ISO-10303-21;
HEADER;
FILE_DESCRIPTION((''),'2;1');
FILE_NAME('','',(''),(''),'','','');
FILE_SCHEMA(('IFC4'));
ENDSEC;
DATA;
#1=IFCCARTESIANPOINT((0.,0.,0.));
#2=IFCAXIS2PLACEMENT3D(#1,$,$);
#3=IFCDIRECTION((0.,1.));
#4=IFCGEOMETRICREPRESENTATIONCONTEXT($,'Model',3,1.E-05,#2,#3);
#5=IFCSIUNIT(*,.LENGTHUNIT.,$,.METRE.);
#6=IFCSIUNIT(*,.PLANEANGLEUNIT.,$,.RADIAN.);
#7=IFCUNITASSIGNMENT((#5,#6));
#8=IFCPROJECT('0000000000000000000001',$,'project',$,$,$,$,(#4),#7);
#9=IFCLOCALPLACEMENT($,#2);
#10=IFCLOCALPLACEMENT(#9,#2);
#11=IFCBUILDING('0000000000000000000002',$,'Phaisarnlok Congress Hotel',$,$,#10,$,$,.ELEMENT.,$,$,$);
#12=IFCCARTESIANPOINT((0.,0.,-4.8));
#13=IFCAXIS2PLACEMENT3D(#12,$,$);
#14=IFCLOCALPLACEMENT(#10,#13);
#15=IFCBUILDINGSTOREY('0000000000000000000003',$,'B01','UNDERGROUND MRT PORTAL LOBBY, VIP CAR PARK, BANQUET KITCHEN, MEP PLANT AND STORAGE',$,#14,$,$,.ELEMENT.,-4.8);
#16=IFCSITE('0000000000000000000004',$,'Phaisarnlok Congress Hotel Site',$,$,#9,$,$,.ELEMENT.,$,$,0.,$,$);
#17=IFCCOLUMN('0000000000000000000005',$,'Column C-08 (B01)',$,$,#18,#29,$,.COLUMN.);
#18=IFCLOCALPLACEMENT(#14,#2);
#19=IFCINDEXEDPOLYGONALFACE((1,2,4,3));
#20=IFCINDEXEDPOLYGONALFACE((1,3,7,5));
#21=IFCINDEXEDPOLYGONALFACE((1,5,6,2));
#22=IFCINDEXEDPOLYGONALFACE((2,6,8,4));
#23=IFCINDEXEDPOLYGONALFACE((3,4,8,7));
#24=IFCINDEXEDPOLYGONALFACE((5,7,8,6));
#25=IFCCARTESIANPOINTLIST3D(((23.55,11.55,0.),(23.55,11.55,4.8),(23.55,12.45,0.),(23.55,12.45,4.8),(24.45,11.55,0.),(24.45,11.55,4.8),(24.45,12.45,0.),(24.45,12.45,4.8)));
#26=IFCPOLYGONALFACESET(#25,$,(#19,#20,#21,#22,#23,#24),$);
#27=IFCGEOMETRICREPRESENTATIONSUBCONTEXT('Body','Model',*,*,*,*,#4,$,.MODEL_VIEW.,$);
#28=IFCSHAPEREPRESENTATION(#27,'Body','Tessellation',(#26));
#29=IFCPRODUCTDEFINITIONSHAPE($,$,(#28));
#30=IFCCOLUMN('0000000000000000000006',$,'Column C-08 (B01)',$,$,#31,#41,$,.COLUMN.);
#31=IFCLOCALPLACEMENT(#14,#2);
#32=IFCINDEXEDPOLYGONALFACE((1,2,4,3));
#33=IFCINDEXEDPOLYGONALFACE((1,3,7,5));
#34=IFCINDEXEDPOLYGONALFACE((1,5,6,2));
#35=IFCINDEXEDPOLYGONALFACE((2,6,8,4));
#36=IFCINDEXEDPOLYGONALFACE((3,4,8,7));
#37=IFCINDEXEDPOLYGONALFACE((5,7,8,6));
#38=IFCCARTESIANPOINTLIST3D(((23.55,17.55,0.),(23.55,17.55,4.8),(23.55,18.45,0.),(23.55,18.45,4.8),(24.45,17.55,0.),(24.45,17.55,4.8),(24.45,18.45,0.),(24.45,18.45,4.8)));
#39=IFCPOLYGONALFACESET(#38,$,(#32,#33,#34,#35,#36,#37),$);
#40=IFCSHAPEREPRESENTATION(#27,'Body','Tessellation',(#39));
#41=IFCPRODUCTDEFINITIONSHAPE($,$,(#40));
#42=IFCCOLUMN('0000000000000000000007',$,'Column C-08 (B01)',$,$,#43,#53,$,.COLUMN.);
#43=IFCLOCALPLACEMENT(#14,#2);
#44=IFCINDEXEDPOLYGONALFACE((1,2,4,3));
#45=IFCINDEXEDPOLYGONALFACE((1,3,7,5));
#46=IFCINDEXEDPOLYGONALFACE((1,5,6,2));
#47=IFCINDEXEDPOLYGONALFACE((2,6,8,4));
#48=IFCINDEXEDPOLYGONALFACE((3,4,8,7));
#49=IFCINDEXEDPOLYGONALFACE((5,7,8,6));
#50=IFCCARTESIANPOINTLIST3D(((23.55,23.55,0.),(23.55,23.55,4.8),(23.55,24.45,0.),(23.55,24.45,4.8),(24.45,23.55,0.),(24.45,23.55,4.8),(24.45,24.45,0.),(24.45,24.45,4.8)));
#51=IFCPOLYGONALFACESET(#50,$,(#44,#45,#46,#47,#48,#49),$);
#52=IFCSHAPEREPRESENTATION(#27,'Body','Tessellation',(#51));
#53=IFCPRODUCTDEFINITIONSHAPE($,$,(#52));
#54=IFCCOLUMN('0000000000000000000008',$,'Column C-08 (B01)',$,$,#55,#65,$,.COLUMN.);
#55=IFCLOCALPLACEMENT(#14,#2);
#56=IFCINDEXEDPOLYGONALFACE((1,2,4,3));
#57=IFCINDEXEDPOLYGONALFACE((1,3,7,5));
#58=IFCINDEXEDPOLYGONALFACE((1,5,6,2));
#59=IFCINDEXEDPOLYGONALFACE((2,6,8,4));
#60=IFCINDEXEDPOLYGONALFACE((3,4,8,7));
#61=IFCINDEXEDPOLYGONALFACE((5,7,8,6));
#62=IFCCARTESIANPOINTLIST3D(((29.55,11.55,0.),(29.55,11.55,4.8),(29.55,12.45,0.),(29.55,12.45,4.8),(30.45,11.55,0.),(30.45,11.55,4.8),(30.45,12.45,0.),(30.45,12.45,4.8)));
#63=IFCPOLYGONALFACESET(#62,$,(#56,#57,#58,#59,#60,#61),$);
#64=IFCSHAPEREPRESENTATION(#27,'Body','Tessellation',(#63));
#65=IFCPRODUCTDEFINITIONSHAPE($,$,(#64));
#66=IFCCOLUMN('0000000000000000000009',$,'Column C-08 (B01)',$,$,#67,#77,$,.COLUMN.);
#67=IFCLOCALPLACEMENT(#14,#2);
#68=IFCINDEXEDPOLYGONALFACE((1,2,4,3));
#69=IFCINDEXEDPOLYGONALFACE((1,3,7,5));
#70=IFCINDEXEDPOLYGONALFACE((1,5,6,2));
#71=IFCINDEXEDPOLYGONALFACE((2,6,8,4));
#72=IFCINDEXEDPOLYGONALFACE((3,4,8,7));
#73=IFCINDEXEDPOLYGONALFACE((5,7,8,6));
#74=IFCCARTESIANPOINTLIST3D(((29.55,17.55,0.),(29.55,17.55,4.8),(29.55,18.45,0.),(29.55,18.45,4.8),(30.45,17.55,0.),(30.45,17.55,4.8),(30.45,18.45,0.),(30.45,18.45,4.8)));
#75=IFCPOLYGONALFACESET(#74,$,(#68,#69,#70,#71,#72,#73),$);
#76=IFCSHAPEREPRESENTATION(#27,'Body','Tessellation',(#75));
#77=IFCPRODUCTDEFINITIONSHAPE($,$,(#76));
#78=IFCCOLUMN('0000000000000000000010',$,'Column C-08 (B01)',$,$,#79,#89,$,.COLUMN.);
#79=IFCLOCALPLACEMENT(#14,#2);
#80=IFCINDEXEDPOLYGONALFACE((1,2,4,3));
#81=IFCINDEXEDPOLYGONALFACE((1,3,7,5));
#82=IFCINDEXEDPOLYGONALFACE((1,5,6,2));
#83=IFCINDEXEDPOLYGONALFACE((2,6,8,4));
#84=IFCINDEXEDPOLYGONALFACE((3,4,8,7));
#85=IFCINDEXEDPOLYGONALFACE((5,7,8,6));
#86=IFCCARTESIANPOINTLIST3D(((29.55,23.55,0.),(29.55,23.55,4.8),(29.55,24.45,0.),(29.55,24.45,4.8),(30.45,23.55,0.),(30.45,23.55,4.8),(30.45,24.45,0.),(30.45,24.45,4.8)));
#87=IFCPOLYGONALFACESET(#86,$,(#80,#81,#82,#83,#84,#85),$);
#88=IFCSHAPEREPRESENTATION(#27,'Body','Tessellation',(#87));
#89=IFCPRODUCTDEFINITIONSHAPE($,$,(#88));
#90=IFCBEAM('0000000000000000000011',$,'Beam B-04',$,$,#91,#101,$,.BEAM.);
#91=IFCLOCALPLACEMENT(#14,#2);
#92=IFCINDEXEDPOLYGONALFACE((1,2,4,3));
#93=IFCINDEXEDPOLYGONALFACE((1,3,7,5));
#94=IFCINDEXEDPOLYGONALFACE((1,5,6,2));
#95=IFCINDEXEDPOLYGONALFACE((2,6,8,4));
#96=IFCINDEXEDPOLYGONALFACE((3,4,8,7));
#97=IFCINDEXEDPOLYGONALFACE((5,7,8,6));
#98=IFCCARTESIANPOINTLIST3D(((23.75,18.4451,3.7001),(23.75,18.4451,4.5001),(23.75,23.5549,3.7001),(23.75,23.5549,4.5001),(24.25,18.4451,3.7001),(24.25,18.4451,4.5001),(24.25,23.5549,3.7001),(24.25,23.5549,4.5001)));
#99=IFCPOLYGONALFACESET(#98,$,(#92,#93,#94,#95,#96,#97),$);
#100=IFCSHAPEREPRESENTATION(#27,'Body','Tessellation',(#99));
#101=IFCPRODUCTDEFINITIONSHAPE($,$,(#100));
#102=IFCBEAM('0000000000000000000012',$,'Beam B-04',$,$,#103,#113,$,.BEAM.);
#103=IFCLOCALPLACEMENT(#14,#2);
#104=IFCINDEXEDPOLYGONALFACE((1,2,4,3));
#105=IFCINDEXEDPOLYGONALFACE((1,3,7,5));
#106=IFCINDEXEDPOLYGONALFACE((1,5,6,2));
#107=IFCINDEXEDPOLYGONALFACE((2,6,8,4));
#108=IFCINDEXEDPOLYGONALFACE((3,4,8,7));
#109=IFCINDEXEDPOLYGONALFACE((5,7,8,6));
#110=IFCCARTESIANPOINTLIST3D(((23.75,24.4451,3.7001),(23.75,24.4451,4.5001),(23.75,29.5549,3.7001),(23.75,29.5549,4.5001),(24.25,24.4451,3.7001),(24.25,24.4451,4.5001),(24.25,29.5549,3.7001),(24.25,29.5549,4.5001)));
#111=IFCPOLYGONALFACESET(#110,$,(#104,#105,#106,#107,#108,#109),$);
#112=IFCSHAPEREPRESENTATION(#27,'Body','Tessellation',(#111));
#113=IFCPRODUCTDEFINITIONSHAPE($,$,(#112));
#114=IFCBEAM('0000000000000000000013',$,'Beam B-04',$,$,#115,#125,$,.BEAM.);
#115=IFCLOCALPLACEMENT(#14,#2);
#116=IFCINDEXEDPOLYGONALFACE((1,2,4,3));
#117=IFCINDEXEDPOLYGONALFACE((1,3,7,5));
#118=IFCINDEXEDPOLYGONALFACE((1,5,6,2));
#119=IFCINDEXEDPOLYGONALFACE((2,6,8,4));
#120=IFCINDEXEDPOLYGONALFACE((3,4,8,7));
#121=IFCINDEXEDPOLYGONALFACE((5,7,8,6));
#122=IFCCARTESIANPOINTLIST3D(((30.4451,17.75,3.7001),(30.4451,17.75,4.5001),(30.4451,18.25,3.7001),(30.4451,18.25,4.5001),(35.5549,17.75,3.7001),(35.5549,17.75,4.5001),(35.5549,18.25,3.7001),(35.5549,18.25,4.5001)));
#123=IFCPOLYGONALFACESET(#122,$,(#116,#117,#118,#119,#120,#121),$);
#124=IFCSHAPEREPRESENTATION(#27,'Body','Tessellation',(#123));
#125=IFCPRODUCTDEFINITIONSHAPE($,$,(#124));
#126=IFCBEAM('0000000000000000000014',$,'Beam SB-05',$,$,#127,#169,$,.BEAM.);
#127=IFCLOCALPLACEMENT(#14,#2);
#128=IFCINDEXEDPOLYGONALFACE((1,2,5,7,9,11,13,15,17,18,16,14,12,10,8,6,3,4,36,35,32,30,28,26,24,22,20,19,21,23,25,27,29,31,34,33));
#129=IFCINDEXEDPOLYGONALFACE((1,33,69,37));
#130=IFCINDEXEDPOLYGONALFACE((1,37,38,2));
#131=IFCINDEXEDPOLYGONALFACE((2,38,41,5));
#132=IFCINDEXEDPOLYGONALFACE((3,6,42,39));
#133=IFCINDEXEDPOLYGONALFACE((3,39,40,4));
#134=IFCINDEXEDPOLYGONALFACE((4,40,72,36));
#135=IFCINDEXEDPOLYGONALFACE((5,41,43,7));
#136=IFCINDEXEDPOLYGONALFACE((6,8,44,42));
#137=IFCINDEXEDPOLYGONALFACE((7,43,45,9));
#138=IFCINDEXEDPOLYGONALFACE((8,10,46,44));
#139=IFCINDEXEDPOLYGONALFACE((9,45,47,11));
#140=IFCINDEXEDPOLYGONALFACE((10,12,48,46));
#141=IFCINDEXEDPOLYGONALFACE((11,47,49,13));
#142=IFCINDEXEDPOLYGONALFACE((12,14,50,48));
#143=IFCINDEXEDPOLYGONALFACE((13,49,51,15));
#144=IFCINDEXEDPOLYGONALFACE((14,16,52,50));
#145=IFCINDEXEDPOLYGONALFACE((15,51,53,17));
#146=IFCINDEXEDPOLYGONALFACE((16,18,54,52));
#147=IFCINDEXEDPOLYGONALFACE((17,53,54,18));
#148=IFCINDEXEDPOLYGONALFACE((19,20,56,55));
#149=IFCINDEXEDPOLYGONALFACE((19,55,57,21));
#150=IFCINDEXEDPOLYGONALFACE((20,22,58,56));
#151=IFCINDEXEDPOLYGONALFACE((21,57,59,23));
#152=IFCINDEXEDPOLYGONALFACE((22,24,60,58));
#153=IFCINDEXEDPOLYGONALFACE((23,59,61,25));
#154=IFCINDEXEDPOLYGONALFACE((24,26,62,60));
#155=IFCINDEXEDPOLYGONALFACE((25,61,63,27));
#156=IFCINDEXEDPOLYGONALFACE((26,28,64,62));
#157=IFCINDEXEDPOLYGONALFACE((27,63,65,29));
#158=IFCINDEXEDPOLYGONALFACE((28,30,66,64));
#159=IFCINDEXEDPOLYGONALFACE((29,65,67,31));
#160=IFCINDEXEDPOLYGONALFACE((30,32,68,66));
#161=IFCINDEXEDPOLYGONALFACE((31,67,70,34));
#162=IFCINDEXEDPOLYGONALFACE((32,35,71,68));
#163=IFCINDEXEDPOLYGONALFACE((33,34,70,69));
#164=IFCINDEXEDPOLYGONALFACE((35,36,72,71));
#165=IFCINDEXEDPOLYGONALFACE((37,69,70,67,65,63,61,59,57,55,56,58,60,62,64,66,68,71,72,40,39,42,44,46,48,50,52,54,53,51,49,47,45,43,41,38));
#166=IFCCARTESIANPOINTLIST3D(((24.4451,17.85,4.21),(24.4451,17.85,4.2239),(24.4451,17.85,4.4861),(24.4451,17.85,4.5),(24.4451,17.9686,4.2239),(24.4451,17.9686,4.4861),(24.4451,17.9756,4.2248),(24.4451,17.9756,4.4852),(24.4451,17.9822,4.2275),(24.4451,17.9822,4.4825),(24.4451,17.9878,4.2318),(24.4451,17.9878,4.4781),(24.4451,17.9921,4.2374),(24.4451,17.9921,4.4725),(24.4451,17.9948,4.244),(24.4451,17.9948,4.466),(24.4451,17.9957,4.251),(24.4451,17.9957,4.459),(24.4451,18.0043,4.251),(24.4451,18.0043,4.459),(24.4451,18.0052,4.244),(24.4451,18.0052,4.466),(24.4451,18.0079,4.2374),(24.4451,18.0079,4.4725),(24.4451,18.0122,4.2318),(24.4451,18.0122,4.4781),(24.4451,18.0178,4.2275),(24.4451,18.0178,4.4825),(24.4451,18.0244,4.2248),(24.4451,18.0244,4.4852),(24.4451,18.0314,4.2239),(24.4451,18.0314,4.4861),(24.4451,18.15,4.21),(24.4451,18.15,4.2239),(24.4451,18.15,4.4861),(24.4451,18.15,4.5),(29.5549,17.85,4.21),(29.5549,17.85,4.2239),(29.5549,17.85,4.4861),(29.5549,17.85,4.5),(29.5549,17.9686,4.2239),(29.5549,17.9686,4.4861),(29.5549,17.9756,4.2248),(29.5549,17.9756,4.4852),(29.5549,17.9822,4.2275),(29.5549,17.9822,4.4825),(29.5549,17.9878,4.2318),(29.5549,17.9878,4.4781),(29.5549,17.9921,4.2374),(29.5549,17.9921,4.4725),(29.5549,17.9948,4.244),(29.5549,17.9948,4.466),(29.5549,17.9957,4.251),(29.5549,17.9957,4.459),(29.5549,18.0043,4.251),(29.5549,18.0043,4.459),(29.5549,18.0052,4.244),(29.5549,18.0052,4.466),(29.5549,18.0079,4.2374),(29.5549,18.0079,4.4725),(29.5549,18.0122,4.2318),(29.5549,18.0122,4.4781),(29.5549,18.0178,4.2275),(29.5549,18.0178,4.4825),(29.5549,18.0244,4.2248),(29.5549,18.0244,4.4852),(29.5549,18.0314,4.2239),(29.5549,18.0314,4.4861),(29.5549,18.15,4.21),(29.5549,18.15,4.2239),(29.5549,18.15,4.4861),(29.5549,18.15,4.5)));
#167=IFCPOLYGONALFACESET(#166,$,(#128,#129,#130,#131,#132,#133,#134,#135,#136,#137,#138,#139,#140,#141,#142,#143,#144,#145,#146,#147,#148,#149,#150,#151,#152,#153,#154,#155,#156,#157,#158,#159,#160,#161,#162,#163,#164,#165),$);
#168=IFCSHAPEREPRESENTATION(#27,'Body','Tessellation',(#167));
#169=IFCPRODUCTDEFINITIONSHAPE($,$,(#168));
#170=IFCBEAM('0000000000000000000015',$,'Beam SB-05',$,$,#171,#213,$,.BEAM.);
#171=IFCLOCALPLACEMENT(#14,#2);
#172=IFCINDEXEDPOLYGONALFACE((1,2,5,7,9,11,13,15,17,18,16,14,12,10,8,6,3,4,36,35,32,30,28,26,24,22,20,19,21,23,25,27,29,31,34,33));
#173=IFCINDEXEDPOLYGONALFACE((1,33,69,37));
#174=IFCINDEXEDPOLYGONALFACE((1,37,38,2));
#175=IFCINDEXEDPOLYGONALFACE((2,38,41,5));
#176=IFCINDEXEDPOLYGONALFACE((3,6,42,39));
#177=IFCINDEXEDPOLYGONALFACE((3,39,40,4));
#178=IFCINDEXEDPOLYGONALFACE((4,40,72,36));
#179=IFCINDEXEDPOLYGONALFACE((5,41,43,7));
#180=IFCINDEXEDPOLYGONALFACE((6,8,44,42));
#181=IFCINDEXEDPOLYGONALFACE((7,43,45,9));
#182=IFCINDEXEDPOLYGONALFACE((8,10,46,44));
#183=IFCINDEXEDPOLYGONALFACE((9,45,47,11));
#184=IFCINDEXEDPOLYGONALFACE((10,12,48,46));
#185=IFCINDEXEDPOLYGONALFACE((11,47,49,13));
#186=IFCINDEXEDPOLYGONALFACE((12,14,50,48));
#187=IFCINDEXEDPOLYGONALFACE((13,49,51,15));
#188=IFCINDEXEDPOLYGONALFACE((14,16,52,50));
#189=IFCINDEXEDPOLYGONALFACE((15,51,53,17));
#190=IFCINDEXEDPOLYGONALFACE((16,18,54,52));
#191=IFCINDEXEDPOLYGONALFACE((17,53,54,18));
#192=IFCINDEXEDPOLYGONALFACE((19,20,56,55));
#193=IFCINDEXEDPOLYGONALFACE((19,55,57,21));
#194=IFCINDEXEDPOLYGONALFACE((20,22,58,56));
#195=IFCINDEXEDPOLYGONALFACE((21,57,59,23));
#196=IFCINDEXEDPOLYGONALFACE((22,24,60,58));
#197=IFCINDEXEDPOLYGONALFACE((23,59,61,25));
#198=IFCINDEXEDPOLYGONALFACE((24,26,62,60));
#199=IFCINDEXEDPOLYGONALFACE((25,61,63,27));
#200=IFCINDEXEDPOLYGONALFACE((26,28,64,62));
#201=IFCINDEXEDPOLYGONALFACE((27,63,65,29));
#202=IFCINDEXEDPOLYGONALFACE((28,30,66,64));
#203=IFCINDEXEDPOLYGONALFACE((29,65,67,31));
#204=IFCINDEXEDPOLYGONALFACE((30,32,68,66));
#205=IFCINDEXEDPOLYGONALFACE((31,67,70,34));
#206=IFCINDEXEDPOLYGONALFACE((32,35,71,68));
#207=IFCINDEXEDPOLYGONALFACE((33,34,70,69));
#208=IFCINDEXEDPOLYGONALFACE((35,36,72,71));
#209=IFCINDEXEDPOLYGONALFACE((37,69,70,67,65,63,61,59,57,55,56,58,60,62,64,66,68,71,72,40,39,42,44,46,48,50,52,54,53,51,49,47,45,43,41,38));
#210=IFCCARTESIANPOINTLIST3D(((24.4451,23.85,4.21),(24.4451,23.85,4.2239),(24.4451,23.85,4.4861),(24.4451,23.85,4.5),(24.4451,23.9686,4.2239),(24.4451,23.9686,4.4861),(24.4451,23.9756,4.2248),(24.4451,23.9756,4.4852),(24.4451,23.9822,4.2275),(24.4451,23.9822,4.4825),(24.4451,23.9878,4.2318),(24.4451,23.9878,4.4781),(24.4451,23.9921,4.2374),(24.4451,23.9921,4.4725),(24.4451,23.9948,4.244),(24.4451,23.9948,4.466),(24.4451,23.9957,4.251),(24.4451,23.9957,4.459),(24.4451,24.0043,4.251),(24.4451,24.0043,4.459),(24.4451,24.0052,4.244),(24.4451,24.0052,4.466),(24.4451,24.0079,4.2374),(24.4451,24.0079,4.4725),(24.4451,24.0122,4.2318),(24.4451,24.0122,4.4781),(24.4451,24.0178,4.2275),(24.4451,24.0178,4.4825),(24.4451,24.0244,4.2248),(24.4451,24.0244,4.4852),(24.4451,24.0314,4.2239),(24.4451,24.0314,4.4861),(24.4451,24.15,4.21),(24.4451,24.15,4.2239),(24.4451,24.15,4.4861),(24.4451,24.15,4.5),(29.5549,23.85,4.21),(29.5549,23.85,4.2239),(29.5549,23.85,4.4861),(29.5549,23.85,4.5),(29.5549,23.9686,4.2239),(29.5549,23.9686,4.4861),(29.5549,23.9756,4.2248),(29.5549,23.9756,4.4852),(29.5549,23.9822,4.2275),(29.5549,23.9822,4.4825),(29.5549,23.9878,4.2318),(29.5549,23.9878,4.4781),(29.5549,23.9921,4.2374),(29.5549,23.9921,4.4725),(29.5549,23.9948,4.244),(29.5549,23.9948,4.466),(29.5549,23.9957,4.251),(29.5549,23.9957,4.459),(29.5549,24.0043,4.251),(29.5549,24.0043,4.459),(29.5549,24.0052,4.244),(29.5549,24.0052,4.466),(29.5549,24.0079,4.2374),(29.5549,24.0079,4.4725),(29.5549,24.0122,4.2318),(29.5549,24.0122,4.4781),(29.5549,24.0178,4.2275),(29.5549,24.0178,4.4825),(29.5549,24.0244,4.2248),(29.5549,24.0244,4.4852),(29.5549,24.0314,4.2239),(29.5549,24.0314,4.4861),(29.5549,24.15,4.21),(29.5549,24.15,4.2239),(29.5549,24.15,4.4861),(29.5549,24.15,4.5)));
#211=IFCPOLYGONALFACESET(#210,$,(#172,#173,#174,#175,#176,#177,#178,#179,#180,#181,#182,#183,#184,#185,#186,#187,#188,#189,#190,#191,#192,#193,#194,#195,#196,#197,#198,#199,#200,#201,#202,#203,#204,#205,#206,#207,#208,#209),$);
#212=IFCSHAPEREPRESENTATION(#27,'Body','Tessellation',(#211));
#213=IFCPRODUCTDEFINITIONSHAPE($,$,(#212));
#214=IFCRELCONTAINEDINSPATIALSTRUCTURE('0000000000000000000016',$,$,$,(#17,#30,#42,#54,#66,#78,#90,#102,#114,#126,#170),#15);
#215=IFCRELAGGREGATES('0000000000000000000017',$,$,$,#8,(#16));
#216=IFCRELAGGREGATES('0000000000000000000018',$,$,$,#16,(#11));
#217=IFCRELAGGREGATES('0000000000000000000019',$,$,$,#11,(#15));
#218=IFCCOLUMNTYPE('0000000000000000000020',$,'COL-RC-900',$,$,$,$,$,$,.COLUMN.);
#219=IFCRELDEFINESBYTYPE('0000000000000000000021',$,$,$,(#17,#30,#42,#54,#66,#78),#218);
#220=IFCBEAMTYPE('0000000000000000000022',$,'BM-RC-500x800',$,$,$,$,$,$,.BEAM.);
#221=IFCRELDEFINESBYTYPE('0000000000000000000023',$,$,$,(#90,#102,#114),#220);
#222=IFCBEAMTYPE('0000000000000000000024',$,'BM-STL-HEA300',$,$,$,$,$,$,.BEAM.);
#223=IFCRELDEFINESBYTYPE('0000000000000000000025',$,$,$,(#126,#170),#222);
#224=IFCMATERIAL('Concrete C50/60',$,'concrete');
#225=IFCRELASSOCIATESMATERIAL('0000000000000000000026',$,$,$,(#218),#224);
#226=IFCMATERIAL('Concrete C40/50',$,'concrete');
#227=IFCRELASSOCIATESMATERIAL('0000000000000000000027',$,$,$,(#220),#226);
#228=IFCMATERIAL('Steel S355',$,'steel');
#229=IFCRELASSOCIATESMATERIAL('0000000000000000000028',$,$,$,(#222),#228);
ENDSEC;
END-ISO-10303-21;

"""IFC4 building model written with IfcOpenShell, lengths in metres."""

from ifc_helpers import new_model, si_unit, direction, frame, origin, origin_2d, place, context, subcontext, project, spatial, rectangle, i_section, extrude, material, material_profile, profile_set, type_object, element, save


model = new_model("IFC4")

# Units and contexts
model_context = context("Model", 3, precision=1e-05, world=origin(), true_north=direction((0.0, 1.0)))
body_context = subcontext(model_context, "Body", "Model", "MODEL_VIEW")
ifc_project = project(units=[si_unit("LENGTHUNIT", "METRE"), si_unit("PLANEANGLEUNIT", "RADIAN")], contexts=[model_context])

# Site, building, storey
site_placement = place(None, origin())
site = spatial("IfcSite", under=ifc_project, at=site_placement, Name="Phaisarnlok Congress Hotel Site", CompositionType="ELEMENT", RefElevation=0.0)
building_placement = place(site_placement, origin())
building = spatial("IfcBuilding", under=site, at=building_placement, Name="Phaisarnlok Congress Hotel", CompositionType="ELEMENT")
storey_placement = place(building_placement, frame((0.0, 0.0, -4.8)))
storey = spatial("IfcBuildingStorey", under=building, at=storey_placement, Name="B01", Description="UNDERGROUND MRT PORTAL LOBBY, VIP CAR PARK, BANQUET KITCHEN, MEP PLANT AND STORAGE", CompositionType="ELEMENT", Elevation=-4.8)

# Shared definitions
ifc_material_1 = material(Name="Concrete C40/50", Category="concrete")

# Columns
ifc_material_2 = material(Name="Concrete C50/60", Category="concrete")
ifc_material_profile_1 = material_profile(ifc_material_2, rectangle(XDim=0.8999, YDim=0.8999, at=origin_2d()), Name="RC 900x900")
ifc_profile_set_1 = profile_set([ifc_material_profile_1], Name="Concrete C50/60")
column_type = type_object("IfcColumnType", Name="COL-RC-900", PredefinedType="COLUMN", material=ifc_profile_set_1)
for number, where, z_axis, x_axis, name in (
    (1, (24.0, 12.0, 0.0), (0.0, 0.0, 1.0), (1.0, 0.0, 0.0), "Column C-08 (B01)"),
    (2, (24.0, 18.0, 0.0), (0.0, 0.0, 1.0), (1.0, 0.0, 0.0), "Column C-08 (B01)"),
    (3, (24.0, 24.0, 0.0), (0.0, 0.0, 1.0), (1.0, 0.0, 0.0), "Column C-08 (B01)"),
    (4, (30.0, 12.0, 0.0), (0.0, 0.0, 1.0), (1.0, 0.0, 0.0), "Column C-08 (B01)"),
    (5, (30.0, 18.0, 0.0), (0.0, 0.0, 1.0), (1.0, 0.0, 0.0), "Column C-08 (B01)"),
    (6, (30.0, 24.0, 0.0), (0.0, 0.0, 1.0), (1.0, 0.0, 0.0), "Column C-08 (B01)"),
):
    element("IfcColumn", number, at=place(storey_placement, frame(where, z_axis=z_axis, x_axis=x_axis)), inside=storey, type_object=column_type, Name=name, PredefinedType="COLUMN", context=body_context, shape_type="SweptSolid", body=[
        extrude(rectangle(XDim=0.8999, YDim=0.8999, at=origin_2d()), origin(), (0.0, 0.0, 1.0), 4.8),
    ])

# Beams
ifc_material_profile_2 = material_profile(ifc_material_1, rectangle(XDim=0.5, YDim=0.8, at=origin_2d()), Name="RC 500x800")
ifc_profile_set_2 = profile_set([ifc_material_profile_2], Name="Concrete C40/50")
beam_type_1 = type_object("IfcBeamType", Name="BM-RC-500x800", PredefinedType="BEAM", material=ifc_profile_set_2)
for number, where, z_axis, x_axis, name in (
    (7, (24.0, 18.4451, 4.1001), (0.0, 1.0, 0.0), (-1.0, 0.0, 0.0), "Beam B-04"),
    (8, (24.0, 24.4451, 4.1001), (0.0, 1.0, 0.0), (-1.0, 0.0, 0.0), "Beam B-04"),
    (9, (30.4451, 18.0, 4.1001), (1.0, 0.0, 0.0), (0.0, 1.0, 0.0), "Beam B-04"),
):
    element("IfcBeam", number, at=place(storey_placement, frame(where, z_axis=z_axis, x_axis=x_axis)), inside=storey, type_object=beam_type_1, Name=name, PredefinedType="BEAM", context=body_context, shape_type="SweptSolid", body=[
        extrude(rectangle(XDim=0.5, YDim=0.8, at=origin_2d()), origin(), (0.0, 0.0, 1.0), 5.1099),
    ])
ifc_material_3 = material(Name="Steel S355", Category="steel")
ifc_material_profile_3 = material_profile(ifc_material_3, i_section(OverallWidth=0.3, OverallDepth=0.29, WebThickness=0.0085, FlangeThickness=0.0139, FilletRadius=0.0271, at=origin_2d()), Name="HEA 300")
ifc_profile_set_3 = profile_set([ifc_material_profile_3], Name="Steel S355")
beam_type_2 = type_object("IfcBeamType", Name="BM-STL-HEA300", PredefinedType="BEAM", material=ifc_profile_set_3)
for number, where, z_axis, x_axis, name in (
    (10, (24.4451, 18.0, 4.355), (1.0, 0.0, 0.0), (0.0, 1.0, 0.0), "Beam SB-05"),
    (11, (24.4451, 24.0, 4.355), (1.0, 0.0, 0.0), (0.0, 1.0, 0.0), "Beam SB-05"),
):
    element("IfcBeam", number, at=place(storey_placement, frame(where, z_axis=z_axis, x_axis=x_axis)), inside=storey, type_object=beam_type_2, Name=name, PredefinedType="BEAM", context=body_context, shape_type="SweptSolid", body=[
        extrude(i_section(OverallWidth=0.3, OverallDepth=0.29, WebThickness=0.0085, FlangeThickness=0.0139, FilletRadius=0.0271, at=origin_2d()), origin(), (0.0, 0.0, 1.0), 5.1099),
    ])

save(model, "model.ifc")
